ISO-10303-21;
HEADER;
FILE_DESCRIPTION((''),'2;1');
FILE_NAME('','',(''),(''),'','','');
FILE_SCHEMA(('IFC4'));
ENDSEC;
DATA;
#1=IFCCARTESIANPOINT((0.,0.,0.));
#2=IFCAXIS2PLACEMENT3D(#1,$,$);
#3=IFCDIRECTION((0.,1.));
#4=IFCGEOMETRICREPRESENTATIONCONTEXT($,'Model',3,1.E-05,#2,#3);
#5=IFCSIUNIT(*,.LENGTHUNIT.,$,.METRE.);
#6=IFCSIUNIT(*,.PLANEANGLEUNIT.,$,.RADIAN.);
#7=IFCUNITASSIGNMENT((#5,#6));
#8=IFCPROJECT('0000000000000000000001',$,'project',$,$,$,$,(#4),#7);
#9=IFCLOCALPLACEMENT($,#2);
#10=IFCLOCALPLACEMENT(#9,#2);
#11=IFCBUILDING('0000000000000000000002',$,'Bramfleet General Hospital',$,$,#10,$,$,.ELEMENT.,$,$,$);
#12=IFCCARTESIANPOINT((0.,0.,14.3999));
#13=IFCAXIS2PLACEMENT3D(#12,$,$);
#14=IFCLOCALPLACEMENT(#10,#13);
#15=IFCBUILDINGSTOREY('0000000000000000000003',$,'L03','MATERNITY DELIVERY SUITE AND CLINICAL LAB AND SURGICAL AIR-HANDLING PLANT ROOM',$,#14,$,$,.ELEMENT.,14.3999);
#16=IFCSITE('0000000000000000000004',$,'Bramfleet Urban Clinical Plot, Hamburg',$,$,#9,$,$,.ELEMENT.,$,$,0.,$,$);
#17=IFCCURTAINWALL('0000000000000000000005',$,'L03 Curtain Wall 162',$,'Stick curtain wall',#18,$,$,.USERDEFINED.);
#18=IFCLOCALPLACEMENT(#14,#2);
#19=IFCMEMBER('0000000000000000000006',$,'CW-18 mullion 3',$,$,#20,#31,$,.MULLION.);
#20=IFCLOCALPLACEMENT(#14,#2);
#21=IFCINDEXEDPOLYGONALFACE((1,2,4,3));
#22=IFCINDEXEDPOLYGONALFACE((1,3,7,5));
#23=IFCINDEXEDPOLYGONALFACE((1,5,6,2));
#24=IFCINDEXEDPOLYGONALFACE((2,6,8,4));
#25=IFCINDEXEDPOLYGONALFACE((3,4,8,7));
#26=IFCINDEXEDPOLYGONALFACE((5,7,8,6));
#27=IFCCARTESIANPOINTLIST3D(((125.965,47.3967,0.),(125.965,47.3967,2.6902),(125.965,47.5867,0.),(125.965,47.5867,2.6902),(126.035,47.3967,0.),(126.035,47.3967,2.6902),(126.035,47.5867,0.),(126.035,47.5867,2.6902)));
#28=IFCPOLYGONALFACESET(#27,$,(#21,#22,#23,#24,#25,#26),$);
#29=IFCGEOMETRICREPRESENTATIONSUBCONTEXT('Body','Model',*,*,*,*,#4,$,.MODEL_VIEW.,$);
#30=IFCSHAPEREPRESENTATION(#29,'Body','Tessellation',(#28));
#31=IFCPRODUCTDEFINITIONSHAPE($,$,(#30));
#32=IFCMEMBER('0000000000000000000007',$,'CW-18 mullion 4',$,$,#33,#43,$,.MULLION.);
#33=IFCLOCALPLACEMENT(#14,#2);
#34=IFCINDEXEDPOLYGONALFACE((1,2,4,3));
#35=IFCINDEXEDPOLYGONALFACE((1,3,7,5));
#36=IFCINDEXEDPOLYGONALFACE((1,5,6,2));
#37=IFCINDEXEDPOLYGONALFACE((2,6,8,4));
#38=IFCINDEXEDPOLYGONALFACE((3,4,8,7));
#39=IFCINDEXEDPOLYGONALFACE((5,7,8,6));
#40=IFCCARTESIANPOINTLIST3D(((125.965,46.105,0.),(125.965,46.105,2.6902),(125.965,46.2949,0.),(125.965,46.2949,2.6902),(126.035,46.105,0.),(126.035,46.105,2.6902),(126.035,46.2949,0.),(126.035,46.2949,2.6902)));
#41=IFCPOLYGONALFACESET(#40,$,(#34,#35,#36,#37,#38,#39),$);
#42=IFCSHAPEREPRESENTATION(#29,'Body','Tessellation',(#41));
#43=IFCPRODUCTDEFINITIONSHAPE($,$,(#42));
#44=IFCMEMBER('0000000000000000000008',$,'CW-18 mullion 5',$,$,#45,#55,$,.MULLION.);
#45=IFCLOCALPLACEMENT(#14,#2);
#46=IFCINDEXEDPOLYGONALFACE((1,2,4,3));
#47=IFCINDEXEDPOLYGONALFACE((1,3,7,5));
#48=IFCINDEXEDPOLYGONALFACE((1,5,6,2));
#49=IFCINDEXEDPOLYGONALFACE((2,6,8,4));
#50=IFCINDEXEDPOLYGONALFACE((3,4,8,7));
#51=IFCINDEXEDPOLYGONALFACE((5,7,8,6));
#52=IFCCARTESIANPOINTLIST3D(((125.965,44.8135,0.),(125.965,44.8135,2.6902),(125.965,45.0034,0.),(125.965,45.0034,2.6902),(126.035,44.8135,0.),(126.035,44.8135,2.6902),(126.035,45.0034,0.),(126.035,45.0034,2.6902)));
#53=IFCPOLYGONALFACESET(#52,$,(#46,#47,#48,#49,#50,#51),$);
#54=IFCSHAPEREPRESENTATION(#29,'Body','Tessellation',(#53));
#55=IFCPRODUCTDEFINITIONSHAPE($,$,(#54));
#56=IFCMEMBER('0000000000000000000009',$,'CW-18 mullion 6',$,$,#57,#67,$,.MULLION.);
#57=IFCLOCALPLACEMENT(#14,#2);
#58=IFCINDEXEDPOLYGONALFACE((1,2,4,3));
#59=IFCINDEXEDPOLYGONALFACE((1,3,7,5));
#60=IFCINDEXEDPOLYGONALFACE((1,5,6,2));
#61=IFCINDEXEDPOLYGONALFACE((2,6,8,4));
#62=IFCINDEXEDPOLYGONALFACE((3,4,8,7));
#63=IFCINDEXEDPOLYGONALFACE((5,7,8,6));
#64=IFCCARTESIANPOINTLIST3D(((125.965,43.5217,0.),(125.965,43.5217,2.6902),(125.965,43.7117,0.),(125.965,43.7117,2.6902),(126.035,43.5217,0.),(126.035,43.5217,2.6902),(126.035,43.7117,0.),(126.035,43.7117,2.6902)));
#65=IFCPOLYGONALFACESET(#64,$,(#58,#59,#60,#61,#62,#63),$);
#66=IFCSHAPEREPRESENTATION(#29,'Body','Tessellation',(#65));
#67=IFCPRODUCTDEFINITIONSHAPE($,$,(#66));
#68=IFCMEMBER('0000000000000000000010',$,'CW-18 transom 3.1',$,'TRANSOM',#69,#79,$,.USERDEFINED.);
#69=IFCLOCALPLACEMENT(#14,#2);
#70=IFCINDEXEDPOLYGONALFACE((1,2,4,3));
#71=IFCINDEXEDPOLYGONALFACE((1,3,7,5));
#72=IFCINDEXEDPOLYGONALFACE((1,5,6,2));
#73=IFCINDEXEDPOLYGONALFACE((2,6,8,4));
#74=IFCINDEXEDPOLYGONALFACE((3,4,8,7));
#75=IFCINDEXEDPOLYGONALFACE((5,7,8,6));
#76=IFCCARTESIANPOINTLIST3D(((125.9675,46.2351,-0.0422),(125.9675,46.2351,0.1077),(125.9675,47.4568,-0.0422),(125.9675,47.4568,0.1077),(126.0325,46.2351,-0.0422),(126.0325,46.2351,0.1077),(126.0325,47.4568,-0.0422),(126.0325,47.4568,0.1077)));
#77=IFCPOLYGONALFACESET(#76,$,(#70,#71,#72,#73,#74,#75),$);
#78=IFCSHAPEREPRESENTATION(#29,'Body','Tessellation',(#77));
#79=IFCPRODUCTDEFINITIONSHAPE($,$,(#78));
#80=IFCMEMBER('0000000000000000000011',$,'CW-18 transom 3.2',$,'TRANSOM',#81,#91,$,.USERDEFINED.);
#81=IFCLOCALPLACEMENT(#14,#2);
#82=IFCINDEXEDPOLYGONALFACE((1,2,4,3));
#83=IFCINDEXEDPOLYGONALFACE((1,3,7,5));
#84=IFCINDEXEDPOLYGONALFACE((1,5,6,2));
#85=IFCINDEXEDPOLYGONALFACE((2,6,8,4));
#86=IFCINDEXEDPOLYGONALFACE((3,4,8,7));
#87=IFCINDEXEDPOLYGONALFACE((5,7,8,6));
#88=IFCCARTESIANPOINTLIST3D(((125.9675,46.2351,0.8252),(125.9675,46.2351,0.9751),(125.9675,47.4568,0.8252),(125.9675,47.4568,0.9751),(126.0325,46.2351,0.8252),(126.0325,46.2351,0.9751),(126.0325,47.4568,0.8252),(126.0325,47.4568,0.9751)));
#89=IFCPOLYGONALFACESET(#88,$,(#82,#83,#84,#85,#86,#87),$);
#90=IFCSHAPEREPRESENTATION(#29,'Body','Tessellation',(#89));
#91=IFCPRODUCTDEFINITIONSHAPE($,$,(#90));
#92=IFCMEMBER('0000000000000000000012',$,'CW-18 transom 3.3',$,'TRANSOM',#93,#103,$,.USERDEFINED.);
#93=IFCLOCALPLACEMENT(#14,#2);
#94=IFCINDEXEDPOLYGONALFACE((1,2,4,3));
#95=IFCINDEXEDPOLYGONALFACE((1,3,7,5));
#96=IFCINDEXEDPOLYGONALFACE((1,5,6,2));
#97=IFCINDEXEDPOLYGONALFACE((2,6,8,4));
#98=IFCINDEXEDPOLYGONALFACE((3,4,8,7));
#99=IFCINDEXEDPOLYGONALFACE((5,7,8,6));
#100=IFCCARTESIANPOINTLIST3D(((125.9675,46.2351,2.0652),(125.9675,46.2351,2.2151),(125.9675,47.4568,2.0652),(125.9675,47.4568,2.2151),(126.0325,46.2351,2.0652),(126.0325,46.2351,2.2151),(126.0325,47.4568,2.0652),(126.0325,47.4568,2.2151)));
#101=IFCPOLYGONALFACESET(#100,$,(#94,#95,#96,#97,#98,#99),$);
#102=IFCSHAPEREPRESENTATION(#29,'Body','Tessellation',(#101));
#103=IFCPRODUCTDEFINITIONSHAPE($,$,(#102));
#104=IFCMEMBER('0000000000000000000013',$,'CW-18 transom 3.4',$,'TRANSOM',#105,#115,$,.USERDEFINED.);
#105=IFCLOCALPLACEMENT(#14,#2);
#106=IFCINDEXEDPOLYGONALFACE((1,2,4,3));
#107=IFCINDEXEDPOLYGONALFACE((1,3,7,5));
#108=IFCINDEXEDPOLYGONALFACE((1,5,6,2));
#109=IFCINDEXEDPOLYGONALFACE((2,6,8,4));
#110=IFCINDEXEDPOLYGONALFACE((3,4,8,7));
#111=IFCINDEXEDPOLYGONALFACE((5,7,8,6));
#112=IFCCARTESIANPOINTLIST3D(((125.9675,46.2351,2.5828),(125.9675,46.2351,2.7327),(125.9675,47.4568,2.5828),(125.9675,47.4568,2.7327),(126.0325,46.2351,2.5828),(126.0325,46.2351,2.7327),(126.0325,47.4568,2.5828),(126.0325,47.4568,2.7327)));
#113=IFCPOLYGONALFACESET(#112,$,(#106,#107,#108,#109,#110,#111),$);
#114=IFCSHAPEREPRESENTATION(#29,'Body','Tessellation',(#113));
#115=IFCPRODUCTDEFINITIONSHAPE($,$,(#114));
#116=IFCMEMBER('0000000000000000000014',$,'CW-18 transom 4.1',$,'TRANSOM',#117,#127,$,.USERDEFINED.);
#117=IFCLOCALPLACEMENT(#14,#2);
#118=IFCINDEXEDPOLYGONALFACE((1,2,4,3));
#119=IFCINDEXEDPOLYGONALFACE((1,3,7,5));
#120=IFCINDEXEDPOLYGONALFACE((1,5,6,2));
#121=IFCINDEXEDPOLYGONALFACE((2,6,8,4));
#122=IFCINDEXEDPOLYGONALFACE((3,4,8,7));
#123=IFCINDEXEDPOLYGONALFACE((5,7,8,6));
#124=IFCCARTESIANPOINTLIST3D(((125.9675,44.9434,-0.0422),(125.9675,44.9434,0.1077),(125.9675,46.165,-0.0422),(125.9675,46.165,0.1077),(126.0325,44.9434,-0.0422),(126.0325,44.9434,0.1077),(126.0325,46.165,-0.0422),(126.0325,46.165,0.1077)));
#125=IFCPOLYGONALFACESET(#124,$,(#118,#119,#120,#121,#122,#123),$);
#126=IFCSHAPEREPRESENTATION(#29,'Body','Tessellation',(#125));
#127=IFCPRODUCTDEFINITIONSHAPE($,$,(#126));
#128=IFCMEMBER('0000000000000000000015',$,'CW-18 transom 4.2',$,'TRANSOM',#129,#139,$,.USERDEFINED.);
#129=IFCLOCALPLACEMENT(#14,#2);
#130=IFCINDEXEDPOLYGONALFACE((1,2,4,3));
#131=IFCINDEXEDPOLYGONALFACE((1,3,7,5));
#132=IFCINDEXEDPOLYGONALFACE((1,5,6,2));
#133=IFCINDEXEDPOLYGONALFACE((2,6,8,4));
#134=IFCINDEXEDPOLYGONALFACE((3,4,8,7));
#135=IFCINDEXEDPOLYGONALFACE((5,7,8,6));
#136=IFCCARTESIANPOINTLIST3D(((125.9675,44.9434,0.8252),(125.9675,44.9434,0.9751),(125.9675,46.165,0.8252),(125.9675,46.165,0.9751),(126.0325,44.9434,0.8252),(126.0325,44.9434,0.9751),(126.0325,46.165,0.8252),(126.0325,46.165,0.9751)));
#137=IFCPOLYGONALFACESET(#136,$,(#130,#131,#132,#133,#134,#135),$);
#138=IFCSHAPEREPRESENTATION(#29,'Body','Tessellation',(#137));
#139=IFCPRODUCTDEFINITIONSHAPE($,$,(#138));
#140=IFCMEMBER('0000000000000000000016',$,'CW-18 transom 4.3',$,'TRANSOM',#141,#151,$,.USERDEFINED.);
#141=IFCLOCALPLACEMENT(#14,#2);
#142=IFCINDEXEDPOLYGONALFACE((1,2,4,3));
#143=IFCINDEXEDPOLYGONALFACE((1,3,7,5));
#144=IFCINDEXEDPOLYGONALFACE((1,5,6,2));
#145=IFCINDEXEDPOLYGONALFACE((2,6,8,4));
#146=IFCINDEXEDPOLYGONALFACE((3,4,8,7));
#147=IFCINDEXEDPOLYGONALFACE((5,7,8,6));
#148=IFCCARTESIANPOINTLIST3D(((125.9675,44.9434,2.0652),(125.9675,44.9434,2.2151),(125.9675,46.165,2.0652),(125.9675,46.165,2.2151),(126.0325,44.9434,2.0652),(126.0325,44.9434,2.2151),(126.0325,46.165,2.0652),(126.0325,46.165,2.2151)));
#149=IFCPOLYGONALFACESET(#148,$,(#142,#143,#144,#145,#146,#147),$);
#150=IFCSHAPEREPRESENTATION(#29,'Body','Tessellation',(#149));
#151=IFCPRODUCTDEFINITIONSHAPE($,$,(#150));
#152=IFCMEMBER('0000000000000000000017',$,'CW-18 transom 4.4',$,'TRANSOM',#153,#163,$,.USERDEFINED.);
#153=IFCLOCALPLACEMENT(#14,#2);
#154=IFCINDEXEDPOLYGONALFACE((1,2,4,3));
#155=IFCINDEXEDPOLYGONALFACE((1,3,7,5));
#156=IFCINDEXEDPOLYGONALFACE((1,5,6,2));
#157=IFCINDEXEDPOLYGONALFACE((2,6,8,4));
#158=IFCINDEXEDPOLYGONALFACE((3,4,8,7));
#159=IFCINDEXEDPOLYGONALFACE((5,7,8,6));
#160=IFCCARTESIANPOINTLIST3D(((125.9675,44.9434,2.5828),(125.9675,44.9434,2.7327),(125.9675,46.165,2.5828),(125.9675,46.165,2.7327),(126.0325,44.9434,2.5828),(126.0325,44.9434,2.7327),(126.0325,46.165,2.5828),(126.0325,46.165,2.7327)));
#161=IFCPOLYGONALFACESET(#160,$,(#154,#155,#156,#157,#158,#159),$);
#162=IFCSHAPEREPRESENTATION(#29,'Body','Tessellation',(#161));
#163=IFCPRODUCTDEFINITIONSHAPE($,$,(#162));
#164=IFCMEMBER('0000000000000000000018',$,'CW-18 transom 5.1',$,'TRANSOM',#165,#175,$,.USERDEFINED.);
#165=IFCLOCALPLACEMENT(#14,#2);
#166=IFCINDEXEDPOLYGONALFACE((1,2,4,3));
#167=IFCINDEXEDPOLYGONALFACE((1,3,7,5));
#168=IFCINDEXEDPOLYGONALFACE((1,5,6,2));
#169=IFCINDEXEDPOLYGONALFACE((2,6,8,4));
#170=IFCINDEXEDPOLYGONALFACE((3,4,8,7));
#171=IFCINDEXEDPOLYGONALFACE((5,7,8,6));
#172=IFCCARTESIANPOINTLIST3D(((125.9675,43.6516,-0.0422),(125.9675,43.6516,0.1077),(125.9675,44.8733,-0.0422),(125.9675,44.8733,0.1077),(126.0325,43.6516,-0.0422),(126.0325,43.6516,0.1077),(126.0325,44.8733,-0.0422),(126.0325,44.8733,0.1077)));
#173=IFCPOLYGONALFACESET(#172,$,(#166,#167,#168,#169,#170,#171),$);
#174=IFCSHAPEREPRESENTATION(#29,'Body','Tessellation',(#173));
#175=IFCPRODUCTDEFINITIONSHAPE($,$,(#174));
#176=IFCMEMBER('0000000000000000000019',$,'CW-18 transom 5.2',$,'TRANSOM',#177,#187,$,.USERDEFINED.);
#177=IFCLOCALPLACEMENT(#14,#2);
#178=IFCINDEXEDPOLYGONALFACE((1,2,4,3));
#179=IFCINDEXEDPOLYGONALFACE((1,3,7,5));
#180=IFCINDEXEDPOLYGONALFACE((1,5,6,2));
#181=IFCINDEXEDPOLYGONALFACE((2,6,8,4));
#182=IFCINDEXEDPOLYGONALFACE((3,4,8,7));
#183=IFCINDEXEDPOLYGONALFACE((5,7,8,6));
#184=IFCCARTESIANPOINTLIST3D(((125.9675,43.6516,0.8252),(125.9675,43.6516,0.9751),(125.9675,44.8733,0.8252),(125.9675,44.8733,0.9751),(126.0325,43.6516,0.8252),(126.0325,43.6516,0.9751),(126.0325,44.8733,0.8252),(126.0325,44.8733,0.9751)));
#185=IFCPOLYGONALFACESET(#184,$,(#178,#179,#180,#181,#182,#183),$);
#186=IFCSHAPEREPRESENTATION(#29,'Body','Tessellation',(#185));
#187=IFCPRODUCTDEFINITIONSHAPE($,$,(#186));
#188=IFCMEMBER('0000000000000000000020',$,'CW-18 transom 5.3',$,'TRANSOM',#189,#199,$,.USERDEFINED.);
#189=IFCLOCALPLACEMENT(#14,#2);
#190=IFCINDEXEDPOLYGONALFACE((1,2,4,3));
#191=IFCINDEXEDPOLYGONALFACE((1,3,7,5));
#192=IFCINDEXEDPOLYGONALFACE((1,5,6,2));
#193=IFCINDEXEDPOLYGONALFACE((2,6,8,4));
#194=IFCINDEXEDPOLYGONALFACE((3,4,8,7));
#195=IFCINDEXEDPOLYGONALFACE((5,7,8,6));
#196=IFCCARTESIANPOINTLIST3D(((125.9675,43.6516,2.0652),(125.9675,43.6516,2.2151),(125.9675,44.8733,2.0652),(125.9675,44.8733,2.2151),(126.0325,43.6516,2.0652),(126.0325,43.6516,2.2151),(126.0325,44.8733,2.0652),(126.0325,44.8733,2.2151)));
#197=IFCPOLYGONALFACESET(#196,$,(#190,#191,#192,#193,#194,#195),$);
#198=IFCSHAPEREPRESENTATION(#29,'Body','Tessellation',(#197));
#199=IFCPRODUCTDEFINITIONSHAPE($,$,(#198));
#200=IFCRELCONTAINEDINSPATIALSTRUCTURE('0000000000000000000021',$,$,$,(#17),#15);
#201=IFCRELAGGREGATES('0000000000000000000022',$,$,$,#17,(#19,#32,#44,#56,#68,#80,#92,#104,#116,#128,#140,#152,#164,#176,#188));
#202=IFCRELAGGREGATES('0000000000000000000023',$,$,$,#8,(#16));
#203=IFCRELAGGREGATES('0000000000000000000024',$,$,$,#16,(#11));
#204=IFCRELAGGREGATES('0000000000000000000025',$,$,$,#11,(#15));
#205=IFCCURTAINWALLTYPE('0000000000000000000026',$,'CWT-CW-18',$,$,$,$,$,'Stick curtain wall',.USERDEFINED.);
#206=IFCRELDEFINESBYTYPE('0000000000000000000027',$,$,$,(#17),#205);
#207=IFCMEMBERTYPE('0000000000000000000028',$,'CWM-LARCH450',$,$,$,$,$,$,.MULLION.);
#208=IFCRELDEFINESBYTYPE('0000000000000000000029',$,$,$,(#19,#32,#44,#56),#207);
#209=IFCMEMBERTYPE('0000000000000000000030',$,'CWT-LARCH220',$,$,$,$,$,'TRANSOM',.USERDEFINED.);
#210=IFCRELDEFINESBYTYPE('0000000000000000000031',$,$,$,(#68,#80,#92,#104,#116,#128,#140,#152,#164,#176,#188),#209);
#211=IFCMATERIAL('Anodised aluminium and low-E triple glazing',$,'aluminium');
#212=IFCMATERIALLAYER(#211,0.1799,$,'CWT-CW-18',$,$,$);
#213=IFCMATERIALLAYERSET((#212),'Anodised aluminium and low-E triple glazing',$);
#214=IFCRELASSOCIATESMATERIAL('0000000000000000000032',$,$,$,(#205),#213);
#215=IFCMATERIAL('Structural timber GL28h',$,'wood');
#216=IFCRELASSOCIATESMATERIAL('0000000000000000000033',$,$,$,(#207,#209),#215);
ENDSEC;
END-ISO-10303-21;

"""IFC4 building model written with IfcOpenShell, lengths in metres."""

from ifc_helpers import new_model, si_unit, direction, frame, origin, origin_2d, place, context, subcontext, project, spatial, rectangle, extrude, material, layer, layer_set, material_profile, profile_set, type_object, element, aggregate, save


model = new_model("IFC4")

# Units and contexts
model_context = context("Model", 3, precision=1e-05, world=origin(), true_north=direction((0.0, 1.0)))
body_context = subcontext(model_context, "Body", "Model", "MODEL_VIEW")
ifc_project = project(units=[si_unit("LENGTHUNIT", "METRE"), si_unit("PLANEANGLEUNIT", "RADIAN")], contexts=[model_context])

# Site, building, storey
site_placement = place(None, origin())
site = spatial("IfcSite", under=ifc_project, at=site_placement, Name="Bramfleet Urban Clinical Plot, Hamburg", CompositionType="ELEMENT", RefElevation=0.0)
building_placement = place(site_placement, origin())
building = spatial("IfcBuilding", under=site, at=building_placement, Name="Bramfleet General Hospital", CompositionType="ELEMENT")
storey_placement = place(building_placement, frame((0.0, 0.0, 14.3999)))
storey = spatial("IfcBuildingStorey", under=building, at=storey_placement, Name="L03", Description="MATERNITY DELIVERY SUITE AND CLINICAL LAB AND SURGICAL AIR-HANDLING PLANT ROOM", CompositionType="ELEMENT", Elevation=14.3999)

# Curtain wall, members
ifc_material_1 = material(Name="Anodised aluminium and low-E triple glazing", Category="aluminium")
ifc_layer_1 = layer(ifc_material_1, 0.1799, Name="CWT-CW-18")
ifc_layer_set_1 = layer_set([ifc_layer_1], Name="Anodised aluminium and low-E triple glazing")
curtain_wall_type = type_object("IfcCurtainWallType", Name="CWT-CW-18", ElementType="Stick curtain wall", PredefinedType="USERDEFINED", material=ifc_layer_set_1)
curtain_wall_placement = place(storey_placement, origin())
curtain_wall = element("IfcCurtainWall", 1, at=curtain_wall_placement, inside=storey, type_object=curtain_wall_type, Name="L03 Curtain Wall 162", ObjectType="Stick curtain wall", PredefinedType="USERDEFINED")
ifc_material_2 = material(Name="Structural timber GL28h", Category="wood")
ifc_material_profile_1 = material_profile(ifc_material_2, rectangle(XDim=0.0701, YDim=0.1899, at=origin_2d()), Name="LARCH 190x70")
ifc_profile_set_1 = profile_set([ifc_material_profile_1], Name="Structural timber GL28h")
member_type_1 = type_object("IfcMemberType", Name="CWM-LARCH450", PredefinedType="MULLION", material=ifc_profile_set_1)
member_1_placement = place(storey_placement, frame((126.0, 47.4917, 0.0), z_axis=(0.0, 0.0, 1.0), x_axis=(1.0, 0.0, 0.0)))
member_1 = element("IfcMember", 2, at=member_1_placement, type_object=member_type_1, Name="CW-18 mullion 3", PredefinedType="MULLION", context=body_context, shape_type="SweptSolid", body=[
    extrude(rectangle(XDim=0.0701, YDim=0.1899, at=origin_2d()), origin(), (0.0, 0.0, 1.0), 2.6902),
])
member_2_placement = place(storey_placement, frame((126.0, 46.2, 0.0), z_axis=(0.0, 0.0, 1.0), x_axis=(1.0, 0.0, 0.0)))
member_2 = element("IfcMember", 3, at=member_2_placement, type_object=member_type_1, Name="CW-18 mullion 4", PredefinedType="MULLION", context=body_context, shape_type="SweptSolid", body=[
    extrude(rectangle(XDim=0.0701, YDim=0.1899, at=origin_2d()), origin(), (0.0, 0.0, 1.0), 2.6902),
])
member_3_placement = place(storey_placement, frame((126.0, 44.9084, 0.0), z_axis=(0.0, 0.0, 1.0), x_axis=(1.0, 0.0, 0.0)))
member_3 = element("IfcMember", 4, at=member_3_placement, type_object=member_type_1, Name="CW-18 mullion 5", PredefinedType="MULLION", context=body_context, shape_type="SweptSolid", body=[
    extrude(rectangle(XDim=0.0701, YDim=0.1899, at=origin_2d()), origin(), (0.0, 0.0, 1.0), 2.6902),
])
member_4_placement = place(storey_placement, frame((126.0, 43.6167, 0.0), z_axis=(0.0, 0.0, 1.0), x_axis=(1.0, 0.0, 0.0)))
member_4 = element("IfcMember", 5, at=member_4_placement, type_object=member_type_1, Name="CW-18 mullion 6", PredefinedType="MULLION", context=body_context, shape_type="SweptSolid", body=[
    extrude(rectangle(XDim=0.0701, YDim=0.1899, at=origin_2d()), origin(), (0.0, 0.0, 1.0), 2.6902),
])
ifc_material_profile_2 = material_profile(ifc_material_2, rectangle(XDim=0.0649, YDim=0.1499, at=origin_2d()), Name="LARCH 150x65")
ifc_profile_set_2 = profile_set([ifc_material_profile_2], Name="Structural timber GL28h")
member_type_2 = type_object("IfcMemberType", Name="CWT-LARCH220", ElementType="TRANSOM", PredefinedType="USERDEFINED", material=ifc_profile_set_2)
member_5_placement = place(storey_placement, frame((126.0, 47.4568, 0.0327), z_axis=(0.0, -1.0, 0.0), x_axis=(1.0, 0.0, 0.0)))
member_5 = element("IfcMember", 6, at=member_5_placement, type_object=member_type_2, Name="CW-18 transom 3.1", ObjectType="TRANSOM", PredefinedType="USERDEFINED", context=body_context, shape_type="SweptSolid", body=[
    extrude(rectangle(XDim=0.0649, YDim=0.1499, at=origin_2d()), origin(), (0.0, 0.0, 1.0), 1.2217),
])
member_6_placement = place(storey_placement, frame((126.0, 47.4568, 0.9001), z_axis=(0.0, -1.0, 0.0), x_axis=(1.0, 0.0, 0.0)))
member_6 = element("IfcMember", 7, at=member_6_placement, type_object=member_type_2, Name="CW-18 transom 3.2", ObjectType="TRANSOM", PredefinedType="USERDEFINED", context=body_context, shape_type="SweptSolid", body=[
    extrude(rectangle(XDim=0.0649, YDim=0.1499, at=origin_2d()), origin(), (0.0, 0.0, 1.0), 1.2217),
])
member_7_placement = place(storey_placement, frame((126.0, 47.4568, 2.1401), z_axis=(0.0, -1.0, 0.0), x_axis=(1.0, 0.0, 0.0)))
member_7 = element("IfcMember", 8, at=member_7_placement, type_object=member_type_2, Name="CW-18 transom 3.3", ObjectType="TRANSOM", PredefinedType="USERDEFINED", context=body_context, shape_type="SweptSolid", body=[
    extrude(rectangle(XDim=0.0649, YDim=0.1499, at=origin_2d()), origin(), (0.0, 0.0, 1.0), 1.2217),
])
member_8_placement = place(storey_placement, frame((126.0, 47.4568, 2.6577), z_axis=(0.0, -1.0, 0.0), x_axis=(1.0, 0.0, 0.0)))
member_8 = element("IfcMember", 9, at=member_8_placement, type_object=member_type_2, Name="CW-18 transom 3.4", ObjectType="TRANSOM", PredefinedType="USERDEFINED", context=body_context, shape_type="SweptSolid", body=[
    extrude(rectangle(XDim=0.0649, YDim=0.1499, at=origin_2d()), origin(), (0.0, 0.0, 1.0), 1.2217),
])
member_9_placement = place(storey_placement, frame((126.0, 46.165, 0.0327), z_axis=(0.0, -1.0, 0.0), x_axis=(1.0, 0.0, 0.0)))
member_9 = element("IfcMember", 10, at=member_9_placement, type_object=member_type_2, Name="CW-18 transom 4.1", ObjectType="TRANSOM", PredefinedType="USERDEFINED", context=body_context, shape_type="SweptSolid", body=[
    extrude(rectangle(XDim=0.0649, YDim=0.1499, at=origin_2d()), origin(), (0.0, 0.0, 1.0), 1.2217),
])
member_10_placement = place(storey_placement, frame((126.0, 46.165, 0.9001), z_axis=(0.0, -1.0, 0.0), x_axis=(1.0, 0.0, 0.0)))
member_10 = element("IfcMember", 11, at=member_10_placement, type_object=member_type_2, Name="CW-18 transom 4.2", ObjectType="TRANSOM", PredefinedType="USERDEFINED", context=body_context, shape_type="SweptSolid", body=[
    extrude(rectangle(XDim=0.0649, YDim=0.1499, at=origin_2d()), origin(), (0.0, 0.0, 1.0), 1.2217),
])
member_11_placement = place(storey_placement, frame((126.0, 46.165, 2.1401), z_axis=(0.0, -1.0, 0.0), x_axis=(1.0, 0.0, 0.0)))
member_11 = element("IfcMember", 12, at=member_11_placement, type_object=member_type_2, Name="CW-18 transom 4.3", ObjectType="TRANSOM", PredefinedType="USERDEFINED", context=body_context, shape_type="SweptSolid", body=[
    extrude(rectangle(XDim=0.0649, YDim=0.1499, at=origin_2d()), origin(), (0.0, 0.0, 1.0), 1.2217),
])
member_12_placement = place(storey_placement, frame((126.0, 46.165, 2.6577), z_axis=(0.0, -1.0, 0.0), x_axis=(1.0, 0.0, 0.0)))
member_12 = element("IfcMember", 13, at=member_12_placement, type_object=member_type_2, Name="CW-18 transom 4.4", ObjectType="TRANSOM", PredefinedType="USERDEFINED", context=body_context, shape_type="SweptSolid", body=[
    extrude(rectangle(XDim=0.0649, YDim=0.1499, at=origin_2d()), origin(), (0.0, 0.0, 1.0), 1.2217),
])
member_13_placement = place(storey_placement, frame((126.0, 44.8733, 0.0327), z_axis=(0.0, -1.0, 0.0), x_axis=(1.0, 0.0, 0.0)))
member_13 = element("IfcMember", 14, at=member_13_placement, type_object=member_type_2, Name="CW-18 transom 5.1", ObjectType="TRANSOM", PredefinedType="USERDEFINED", context=body_context, shape_type="SweptSolid", body=[
    extrude(rectangle(XDim=0.0649, YDim=0.1499, at=origin_2d()), origin(), (0.0, 0.0, 1.0), 1.2217),
])
member_14_placement = place(storey_placement, frame((126.0, 44.8733, 0.9001), z_axis=(0.0, -1.0, 0.0), x_axis=(1.0, 0.0, 0.0)))
member_14 = element("IfcMember", 15, at=member_14_placement, type_object=member_type_2, Name="CW-18 transom 5.2", ObjectType="TRANSOM", PredefinedType="USERDEFINED", context=body_context, shape_type="SweptSolid", body=[
    extrude(rectangle(XDim=0.0649, YDim=0.1499, at=origin_2d()), origin(), (0.0, 0.0, 1.0), 1.2217),
])
member_15_placement = place(storey_placement, frame((126.0, 44.8733, 2.1401), z_axis=(0.0, -1.0, 0.0), x_axis=(1.0, 0.0, 0.0)))
member_15 = element("IfcMember", 16, at=member_15_placement, type_object=member_type_2, Name="CW-18 transom 5.3", ObjectType="TRANSOM", PredefinedType="USERDEFINED", context=body_context, shape_type="SweptSolid", body=[
    extrude(rectangle(XDim=0.0649, YDim=0.1499, at=origin_2d()), origin(), (0.0, 0.0, 1.0), 1.2217),
])
aggregate(curtain_wall, [member_1, member_2, member_3, member_4, member_5, member_6, member_7, member_8, member_9, member_10, member_11, member_12, member_13, member_14, member_15])

save(model, "model.ifc")
